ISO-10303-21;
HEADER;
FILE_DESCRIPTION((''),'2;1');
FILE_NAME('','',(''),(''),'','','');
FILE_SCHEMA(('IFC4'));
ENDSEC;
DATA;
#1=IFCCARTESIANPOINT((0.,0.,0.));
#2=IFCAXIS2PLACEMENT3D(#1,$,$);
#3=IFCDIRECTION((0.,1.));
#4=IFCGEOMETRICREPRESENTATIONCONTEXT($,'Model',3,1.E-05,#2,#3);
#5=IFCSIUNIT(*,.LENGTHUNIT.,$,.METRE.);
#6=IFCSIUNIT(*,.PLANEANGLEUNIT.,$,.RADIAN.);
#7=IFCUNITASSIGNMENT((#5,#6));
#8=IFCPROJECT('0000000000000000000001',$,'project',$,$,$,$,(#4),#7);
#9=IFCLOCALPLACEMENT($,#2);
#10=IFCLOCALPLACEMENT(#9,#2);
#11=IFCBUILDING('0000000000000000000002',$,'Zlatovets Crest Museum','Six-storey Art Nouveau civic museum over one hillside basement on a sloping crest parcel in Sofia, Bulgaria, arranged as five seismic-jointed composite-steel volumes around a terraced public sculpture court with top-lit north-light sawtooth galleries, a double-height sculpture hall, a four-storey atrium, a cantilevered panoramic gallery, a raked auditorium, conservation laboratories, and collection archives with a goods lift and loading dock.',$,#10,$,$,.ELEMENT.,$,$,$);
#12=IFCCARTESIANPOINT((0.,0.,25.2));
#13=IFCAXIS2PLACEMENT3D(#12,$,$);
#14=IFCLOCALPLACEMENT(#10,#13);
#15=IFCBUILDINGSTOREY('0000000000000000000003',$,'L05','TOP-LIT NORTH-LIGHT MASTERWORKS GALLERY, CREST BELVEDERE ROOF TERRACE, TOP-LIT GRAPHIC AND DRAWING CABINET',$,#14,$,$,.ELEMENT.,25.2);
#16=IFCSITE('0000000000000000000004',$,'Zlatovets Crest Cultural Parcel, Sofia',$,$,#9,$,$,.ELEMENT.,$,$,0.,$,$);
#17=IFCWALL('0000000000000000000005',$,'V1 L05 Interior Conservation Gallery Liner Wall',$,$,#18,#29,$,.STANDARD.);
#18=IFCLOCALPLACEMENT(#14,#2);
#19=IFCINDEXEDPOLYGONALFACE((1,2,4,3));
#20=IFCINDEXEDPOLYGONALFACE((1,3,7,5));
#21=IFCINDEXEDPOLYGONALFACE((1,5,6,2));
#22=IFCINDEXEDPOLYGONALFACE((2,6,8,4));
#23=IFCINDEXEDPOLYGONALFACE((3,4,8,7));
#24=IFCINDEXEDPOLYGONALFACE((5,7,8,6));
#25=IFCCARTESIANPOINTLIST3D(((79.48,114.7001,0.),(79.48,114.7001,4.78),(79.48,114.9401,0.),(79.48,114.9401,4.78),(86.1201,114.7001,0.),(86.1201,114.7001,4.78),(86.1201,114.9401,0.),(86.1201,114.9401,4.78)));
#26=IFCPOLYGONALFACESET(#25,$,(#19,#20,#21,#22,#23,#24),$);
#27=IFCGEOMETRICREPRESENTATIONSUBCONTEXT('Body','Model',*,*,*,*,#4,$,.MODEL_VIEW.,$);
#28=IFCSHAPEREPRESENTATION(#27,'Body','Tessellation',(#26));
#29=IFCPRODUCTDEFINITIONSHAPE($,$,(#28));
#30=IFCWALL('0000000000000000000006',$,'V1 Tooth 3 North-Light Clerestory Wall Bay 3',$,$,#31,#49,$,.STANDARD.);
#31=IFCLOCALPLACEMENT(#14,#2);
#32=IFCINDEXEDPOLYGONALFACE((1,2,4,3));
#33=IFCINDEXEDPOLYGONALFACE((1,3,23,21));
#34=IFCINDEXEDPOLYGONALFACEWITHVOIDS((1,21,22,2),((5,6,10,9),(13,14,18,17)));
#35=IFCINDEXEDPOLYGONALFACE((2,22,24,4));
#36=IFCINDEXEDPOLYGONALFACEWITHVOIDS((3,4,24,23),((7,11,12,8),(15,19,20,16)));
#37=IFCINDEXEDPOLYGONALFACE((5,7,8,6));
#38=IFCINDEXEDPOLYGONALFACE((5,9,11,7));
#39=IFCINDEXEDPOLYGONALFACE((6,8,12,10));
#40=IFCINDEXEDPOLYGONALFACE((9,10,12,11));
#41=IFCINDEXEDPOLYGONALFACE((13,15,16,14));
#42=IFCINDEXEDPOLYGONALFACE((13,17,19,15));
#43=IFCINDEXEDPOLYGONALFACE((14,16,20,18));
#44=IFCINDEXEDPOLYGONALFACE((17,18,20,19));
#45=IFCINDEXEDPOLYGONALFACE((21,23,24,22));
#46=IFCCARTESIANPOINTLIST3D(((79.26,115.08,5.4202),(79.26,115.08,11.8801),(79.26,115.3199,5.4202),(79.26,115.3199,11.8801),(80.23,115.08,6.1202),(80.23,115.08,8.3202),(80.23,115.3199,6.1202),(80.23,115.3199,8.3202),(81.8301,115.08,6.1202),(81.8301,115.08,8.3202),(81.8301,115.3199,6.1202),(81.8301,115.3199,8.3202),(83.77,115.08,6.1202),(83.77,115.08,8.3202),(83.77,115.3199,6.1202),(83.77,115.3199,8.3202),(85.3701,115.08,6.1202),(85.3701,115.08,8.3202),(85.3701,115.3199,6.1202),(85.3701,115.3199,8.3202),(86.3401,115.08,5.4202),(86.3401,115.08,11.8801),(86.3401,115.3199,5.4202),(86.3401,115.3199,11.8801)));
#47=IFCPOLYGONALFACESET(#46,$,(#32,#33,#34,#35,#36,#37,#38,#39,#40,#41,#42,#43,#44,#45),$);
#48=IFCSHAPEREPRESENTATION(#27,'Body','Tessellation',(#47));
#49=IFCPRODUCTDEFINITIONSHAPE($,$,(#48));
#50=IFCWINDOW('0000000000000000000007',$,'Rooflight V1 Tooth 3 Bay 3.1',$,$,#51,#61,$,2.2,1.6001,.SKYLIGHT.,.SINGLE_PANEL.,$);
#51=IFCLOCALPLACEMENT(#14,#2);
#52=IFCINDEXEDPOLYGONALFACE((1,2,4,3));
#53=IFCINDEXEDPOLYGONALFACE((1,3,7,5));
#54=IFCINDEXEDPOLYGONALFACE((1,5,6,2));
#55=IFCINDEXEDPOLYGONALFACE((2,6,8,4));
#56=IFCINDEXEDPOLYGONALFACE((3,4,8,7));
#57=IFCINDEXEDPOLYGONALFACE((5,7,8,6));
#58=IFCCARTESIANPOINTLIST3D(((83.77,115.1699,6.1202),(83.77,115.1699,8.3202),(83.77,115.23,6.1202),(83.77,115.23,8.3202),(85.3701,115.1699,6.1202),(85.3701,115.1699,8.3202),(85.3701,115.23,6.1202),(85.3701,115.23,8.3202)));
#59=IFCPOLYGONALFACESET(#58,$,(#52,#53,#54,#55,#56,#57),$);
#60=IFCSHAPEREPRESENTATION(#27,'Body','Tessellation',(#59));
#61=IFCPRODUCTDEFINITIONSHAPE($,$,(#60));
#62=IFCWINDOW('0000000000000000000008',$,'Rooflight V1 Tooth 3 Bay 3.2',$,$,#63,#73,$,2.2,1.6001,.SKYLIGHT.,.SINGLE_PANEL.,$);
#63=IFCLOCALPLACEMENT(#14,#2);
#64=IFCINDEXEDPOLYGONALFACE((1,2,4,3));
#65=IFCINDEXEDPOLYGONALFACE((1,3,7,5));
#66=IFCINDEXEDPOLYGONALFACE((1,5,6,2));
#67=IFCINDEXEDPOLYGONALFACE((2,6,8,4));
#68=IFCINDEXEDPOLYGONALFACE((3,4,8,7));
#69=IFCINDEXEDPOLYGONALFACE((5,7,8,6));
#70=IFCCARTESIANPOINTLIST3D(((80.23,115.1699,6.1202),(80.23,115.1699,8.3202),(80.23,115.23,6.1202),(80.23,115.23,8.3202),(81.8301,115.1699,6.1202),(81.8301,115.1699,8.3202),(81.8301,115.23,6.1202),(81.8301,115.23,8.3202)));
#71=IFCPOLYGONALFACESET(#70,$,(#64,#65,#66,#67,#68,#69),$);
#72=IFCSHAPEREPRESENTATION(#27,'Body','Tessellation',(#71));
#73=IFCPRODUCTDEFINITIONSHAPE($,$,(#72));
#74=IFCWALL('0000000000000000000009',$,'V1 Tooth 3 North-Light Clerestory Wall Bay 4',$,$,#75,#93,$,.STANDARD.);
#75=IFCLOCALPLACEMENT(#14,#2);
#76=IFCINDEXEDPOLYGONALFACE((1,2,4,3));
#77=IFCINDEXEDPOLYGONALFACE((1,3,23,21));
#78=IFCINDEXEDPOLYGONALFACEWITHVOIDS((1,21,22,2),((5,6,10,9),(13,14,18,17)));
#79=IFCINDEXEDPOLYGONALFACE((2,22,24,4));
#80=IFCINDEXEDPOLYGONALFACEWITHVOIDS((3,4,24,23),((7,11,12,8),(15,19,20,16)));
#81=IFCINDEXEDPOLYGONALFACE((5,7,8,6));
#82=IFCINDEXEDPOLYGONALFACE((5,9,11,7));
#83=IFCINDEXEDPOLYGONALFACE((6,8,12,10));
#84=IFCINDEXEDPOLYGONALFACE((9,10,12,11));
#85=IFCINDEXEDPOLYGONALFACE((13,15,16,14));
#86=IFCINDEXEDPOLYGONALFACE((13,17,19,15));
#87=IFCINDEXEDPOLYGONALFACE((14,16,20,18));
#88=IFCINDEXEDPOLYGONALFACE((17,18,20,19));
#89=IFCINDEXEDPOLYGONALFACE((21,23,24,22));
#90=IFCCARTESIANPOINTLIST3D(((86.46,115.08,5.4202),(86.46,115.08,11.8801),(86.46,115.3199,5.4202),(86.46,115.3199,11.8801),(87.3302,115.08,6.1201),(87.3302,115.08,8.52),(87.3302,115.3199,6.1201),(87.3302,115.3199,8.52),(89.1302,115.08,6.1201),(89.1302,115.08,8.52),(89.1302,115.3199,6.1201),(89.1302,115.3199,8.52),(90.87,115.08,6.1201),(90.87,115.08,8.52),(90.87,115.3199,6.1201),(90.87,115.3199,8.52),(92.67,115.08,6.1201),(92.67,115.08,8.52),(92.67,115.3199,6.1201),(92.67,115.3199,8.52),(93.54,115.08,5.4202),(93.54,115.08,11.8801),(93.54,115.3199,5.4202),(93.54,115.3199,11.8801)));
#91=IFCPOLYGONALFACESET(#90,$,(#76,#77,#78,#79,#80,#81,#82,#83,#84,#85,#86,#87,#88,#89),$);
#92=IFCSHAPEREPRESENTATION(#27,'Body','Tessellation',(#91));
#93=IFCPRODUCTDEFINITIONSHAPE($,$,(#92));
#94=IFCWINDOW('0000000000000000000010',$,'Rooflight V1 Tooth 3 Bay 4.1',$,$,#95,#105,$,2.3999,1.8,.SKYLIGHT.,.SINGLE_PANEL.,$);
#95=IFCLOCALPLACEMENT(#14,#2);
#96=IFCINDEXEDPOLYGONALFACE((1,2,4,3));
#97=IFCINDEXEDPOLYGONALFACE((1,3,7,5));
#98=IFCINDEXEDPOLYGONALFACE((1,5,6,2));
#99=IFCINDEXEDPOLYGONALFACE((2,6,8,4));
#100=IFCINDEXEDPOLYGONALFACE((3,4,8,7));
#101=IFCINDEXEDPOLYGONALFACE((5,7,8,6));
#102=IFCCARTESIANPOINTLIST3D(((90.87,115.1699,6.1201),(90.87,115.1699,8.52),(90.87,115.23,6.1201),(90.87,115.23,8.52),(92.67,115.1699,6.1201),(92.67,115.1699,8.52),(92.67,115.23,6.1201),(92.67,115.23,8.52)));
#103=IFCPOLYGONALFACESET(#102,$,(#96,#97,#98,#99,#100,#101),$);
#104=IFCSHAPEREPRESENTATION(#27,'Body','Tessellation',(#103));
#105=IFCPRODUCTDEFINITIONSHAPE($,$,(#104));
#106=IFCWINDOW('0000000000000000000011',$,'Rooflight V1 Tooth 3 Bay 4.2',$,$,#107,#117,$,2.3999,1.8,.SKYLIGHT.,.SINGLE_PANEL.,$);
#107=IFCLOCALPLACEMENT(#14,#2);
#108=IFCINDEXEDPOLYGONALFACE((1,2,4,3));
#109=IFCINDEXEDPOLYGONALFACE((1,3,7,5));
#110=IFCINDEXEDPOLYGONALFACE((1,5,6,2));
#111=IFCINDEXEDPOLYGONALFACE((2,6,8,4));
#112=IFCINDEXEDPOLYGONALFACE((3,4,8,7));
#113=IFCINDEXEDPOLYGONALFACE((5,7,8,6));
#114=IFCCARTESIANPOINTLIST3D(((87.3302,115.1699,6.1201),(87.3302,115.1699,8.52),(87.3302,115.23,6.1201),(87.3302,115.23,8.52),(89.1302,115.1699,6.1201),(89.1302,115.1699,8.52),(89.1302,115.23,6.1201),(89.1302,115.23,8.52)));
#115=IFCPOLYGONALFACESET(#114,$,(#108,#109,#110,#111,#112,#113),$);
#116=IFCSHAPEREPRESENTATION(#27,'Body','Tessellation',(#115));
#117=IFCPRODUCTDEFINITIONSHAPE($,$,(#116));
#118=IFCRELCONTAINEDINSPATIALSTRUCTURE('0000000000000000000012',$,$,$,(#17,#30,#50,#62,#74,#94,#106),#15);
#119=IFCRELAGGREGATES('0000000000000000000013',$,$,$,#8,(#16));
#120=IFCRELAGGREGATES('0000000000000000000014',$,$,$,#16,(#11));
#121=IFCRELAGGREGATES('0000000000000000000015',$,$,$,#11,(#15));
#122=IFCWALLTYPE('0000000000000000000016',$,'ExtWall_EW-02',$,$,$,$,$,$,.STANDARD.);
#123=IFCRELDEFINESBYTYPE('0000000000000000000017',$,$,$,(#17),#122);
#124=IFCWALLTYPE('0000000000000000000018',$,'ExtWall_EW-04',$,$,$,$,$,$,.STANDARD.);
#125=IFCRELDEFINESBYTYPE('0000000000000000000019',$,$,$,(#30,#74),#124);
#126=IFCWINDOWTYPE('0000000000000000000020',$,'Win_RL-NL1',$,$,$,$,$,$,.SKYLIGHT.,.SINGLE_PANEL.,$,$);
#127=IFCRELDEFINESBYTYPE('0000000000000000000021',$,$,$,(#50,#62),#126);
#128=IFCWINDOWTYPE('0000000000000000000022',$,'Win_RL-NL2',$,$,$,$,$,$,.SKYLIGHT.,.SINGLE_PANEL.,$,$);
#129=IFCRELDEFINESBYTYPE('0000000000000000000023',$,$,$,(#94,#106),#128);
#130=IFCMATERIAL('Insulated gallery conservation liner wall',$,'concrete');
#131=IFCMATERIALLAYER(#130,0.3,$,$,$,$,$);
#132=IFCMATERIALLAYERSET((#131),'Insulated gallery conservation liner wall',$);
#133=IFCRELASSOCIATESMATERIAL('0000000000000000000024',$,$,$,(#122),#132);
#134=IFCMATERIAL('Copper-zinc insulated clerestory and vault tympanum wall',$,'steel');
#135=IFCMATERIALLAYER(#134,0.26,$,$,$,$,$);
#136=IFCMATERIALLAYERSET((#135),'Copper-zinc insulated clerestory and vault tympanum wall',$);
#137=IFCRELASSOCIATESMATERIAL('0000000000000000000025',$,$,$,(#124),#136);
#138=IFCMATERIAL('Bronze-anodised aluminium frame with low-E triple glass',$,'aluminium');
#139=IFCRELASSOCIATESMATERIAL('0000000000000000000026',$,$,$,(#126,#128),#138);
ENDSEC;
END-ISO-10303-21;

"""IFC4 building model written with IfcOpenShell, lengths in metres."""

from ifc_helpers import new_model, si_unit, direction, frame, frame_2d, origin, place, context, subcontext, project, spatial, rectangle, extrude, material, layer, layer_set, type_object, element, fill, save


model = new_model("IFC4")

# Units and contexts
model_context = context("Model", 3, precision=1e-05, world=origin(), true_north=direction((0.0, 1.0)))
body_context = subcontext(model_context, "Body", "Model", "MODEL_VIEW")
ifc_project = project(units=[si_unit("LENGTHUNIT", "METRE"), si_unit("PLANEANGLEUNIT", "RADIAN")], contexts=[model_context])

# Site, building, storey
site_placement = place(None, origin())
site = spatial("IfcSite", under=ifc_project, at=site_placement, Name="Zlatovets Crest Cultural Parcel, Sofia", CompositionType="ELEMENT", RefElevation=0.0)
building_placement = place(site_placement, origin())
building = spatial("IfcBuilding", under=site, at=building_placement, Name="Zlatovets Crest Museum", Description="Six-storey Art Nouveau civic museum over one hillside basement on a sloping crest parcel in Sofia, Bulgaria, arranged as five seismic-jointed composite-steel volumes around a terraced public sculpture court with top-lit north-light sawtooth galleries, a double-height sculpture hall, a four-storey atrium, a cantilevered panoramic gallery, a raked auditorium, conservation laboratories, and collection archives with a goods lift and loading dock.", CompositionType="ELEMENT")
storey_placement = place(building_placement, frame((0.0, 0.0, 25.2)))
storey = spatial("IfcBuildingStorey", under=building, at=storey_placement, Name="L05", Description="TOP-LIT NORTH-LIGHT MASTERWORKS GALLERY, CREST BELVEDERE ROOF TERRACE, TOP-LIT GRAPHIC AND DRAWING CABINET", CompositionType="ELEMENT", Elevation=25.2)

# Wall
ifc_material_1 = material(Name="Insulated gallery conservation liner wall", Category="concrete")
ifc_layer_1 = layer(ifc_material_1, 0.3)
ifc_layer_set_1 = layer_set([ifc_layer_1], Name="Insulated gallery conservation liner wall")
wall_type_1 = type_object("IfcWallType", Name="ExtWall_EW-02", PredefinedType="STANDARD", material=ifc_layer_set_1)
for number, where, z_axis, x_axis, name in (
    (1, (86.1201, 114.8201, 0.0), (0.0, 0.0, 1.0), (-1.0, 0.0, 0.0), "V1 L05 Interior Conservation Gallery Liner Wall"),
):
    element("IfcWall", number, at=place(storey_placement, frame(where, z_axis=z_axis, x_axis=x_axis)), inside=storey, type_object=wall_type_1, Name=name, PredefinedType="STANDARD", context=body_context, shape_type="SweptSolid", body=[
        extrude(rectangle(XDim=6.6401, YDim=0.24, at=frame_2d((3.3201, 0.0))), origin(), (0.0, 0.0, 1.0), 4.78),
    ])

# Walls, openings, windows
ifc_material_2 = material(Name="Copper-zinc insulated clerestory and vault tympanum wall", Category="steel")
ifc_layer_2 = layer(ifc_material_2, 0.26)
ifc_layer_set_2 = layer_set([ifc_layer_2], Name="Copper-zinc insulated clerestory and vault tympanum wall")
wall_type_2 = type_object("IfcWallType", Name="ExtWall_EW-04", PredefinedType="STANDARD", material=ifc_layer_set_2)
wall_1_placement = place(storey_placement, frame((86.3401, 115.2, 5.4202), z_axis=(0.0, 0.0, 1.0), x_axis=(-1.0, 0.0, 0.0)))
wall_1 = element("IfcWall", 2, at=wall_1_placement, inside=storey, type_object=wall_type_2, Name="V1 Tooth 3 North-Light Clerestory Wall Bay 3", PredefinedType="STANDARD", context=body_context, shape_type="SweptSolid", body=[
    extrude(rectangle(XDim=7.0801, YDim=0.24, at=frame_2d((3.54, 0.0))), origin(), (0.0, 0.0, 1.0), 6.46),
])
opening_1_placement = place(wall_1_placement, frame((0.97, 0.0, 0.7)))
opening_1 = element("IfcOpeningElement", 3, at=opening_1_placement, cuts=wall_1, PredefinedType="OPENING", context=body_context, shape_type="SweptSolid", body=[
    extrude(rectangle(XDim=1.6001, YDim=2.2, at=frame_2d((0.8, 1.1001))), frame((0.0, 0.1299, 0.0), z_axis=(0.0, -1.0, 0.0), x_axis=(1.0, 0.0, 0.0)), (0.0, 0.0, 1.0), 0.26),
])
opening_2_placement = place(wall_1_placement, frame((4.51, 0.0, 0.7)))
opening_2 = element("IfcOpeningElement", 4, at=opening_2_placement, cuts=wall_1, PredefinedType="OPENING", context=body_context, shape_type="SweptSolid", body=[
    extrude(rectangle(XDim=1.6001, YDim=2.2, at=frame_2d((0.8, 1.1001))), frame((0.0, 0.1299, 0.0), z_axis=(0.0, -1.0, 0.0), x_axis=(1.0, 0.0, 0.0)), (0.0, 0.0, 1.0), 0.26),
])
ifc_material_3 = material(Name="Bronze-anodised aluminium frame with low-E triple glass", Category="aluminium")
window_type_1 = type_object("IfcWindowType", Name="Win_RL-NL1", PartitioningType="SINGLE_PANEL", PredefinedType="SKYLIGHT", material=ifc_material_3)
window_1_placement = place(opening_1_placement, origin())
window_1 = element("IfcWindow", 5, at=window_1_placement, inside=storey, type_object=window_type_1, Name="Rooflight V1 Tooth 3 Bay 3.1", OverallHeight=2.2, OverallWidth=1.6001, PartitioningType="SINGLE_PANEL", PredefinedType="SKYLIGHT", context=body_context, shape_type="SweptSolid", body=[
    extrude(rectangle(XDim=1.6001, YDim=2.2, at=frame_2d((0.8, 1.1001))), frame((0.0, 0.03, 0.0), z_axis=(0.0, -1.0, 0.0), x_axis=(1.0, 0.0, 0.0)), (0.0, 0.0, 1.0), 0.0601),
])
fill(opening_1, window_1)
window_2_placement = place(opening_2_placement, origin())
window_2 = element("IfcWindow", 6, at=window_2_placement, inside=storey, type_object=window_type_1, Name="Rooflight V1 Tooth 3 Bay 3.2", OverallHeight=2.2, OverallWidth=1.6001, PartitioningType="SINGLE_PANEL", PredefinedType="SKYLIGHT", context=body_context, shape_type="SweptSolid", body=[
    extrude(rectangle(XDim=1.6001, YDim=2.2, at=frame_2d((0.8, 1.1001))), frame((0.0, 0.03, 0.0), z_axis=(0.0, -1.0, 0.0), x_axis=(1.0, 0.0, 0.0)), (0.0, 0.0, 1.0), 0.0601),
])
fill(opening_2, window_2)
wall_2_placement = place(storey_placement, frame((93.54, 115.2, 5.4202), z_axis=(0.0, 0.0, 1.0), x_axis=(-1.0, 0.0, 0.0)))
wall_2 = element("IfcWall", 7, at=wall_2_placement, inside=storey, type_object=wall_type_2, Name="V1 Tooth 3 North-Light Clerestory Wall Bay 4", PredefinedType="STANDARD", context=body_context, shape_type="SweptSolid", body=[
    extrude(rectangle(XDim=7.0801, YDim=0.24, at=frame_2d((3.54, 0.0))), origin(), (0.0, 0.0, 1.0), 6.46),
])
opening_3_placement = place(wall_2_placement, frame((0.8701, 0.0, 0.7)))
opening_3 = element("IfcOpeningElement", 8, at=opening_3_placement, cuts=wall_2, PredefinedType="OPENING", context=body_context, shape_type="SweptSolid", body=[
    extrude(rectangle(XDim=1.8, YDim=2.3999, at=frame_2d((0.8999, 1.2))), frame((0.0, 0.1299, 0.0), z_axis=(0.0, -1.0, 0.0), x_axis=(1.0, 0.0, 0.0)), (0.0, 0.0, 1.0), 0.26),
])
opening_4_placement = place(wall_2_placement, frame((4.4099, 0.0, 0.7)))
opening_4 = element("IfcOpeningElement", 9, at=opening_4_placement, cuts=wall_2, PredefinedType="OPENING", context=body_context, shape_type="SweptSolid", body=[
    extrude(rectangle(XDim=1.8, YDim=2.3999, at=frame_2d((0.8999, 1.2))), frame((0.0, 0.1299, 0.0), z_axis=(0.0, -1.0, 0.0), x_axis=(1.0, 0.0, 0.0)), (0.0, 0.0, 1.0), 0.26),
])
window_type_2 = type_object("IfcWindowType", Name="Win_RL-NL2", PartitioningType="SINGLE_PANEL", PredefinedType="SKYLIGHT", material=ifc_material_3)
window_3_placement = place(opening_3_placement, origin())
window_3 = element("IfcWindow", 10, at=window_3_placement, inside=storey, type_object=window_type_2, Name="Rooflight V1 Tooth 3 Bay 4.1", OverallHeight=2.3999, OverallWidth=1.8, PartitioningType="SINGLE_PANEL", PredefinedType="SKYLIGHT", context=body_context, shape_type="SweptSolid", body=[
    extrude(rectangle(XDim=1.8, YDim=2.3999, at=frame_2d((0.8999, 1.2))), frame((0.0, 0.03, 0.0), z_axis=(0.0, -1.0, 0.0), x_axis=(1.0, 0.0, 0.0)), (0.0, 0.0, 1.0), 0.0601),
])
fill(opening_3, window_3)
window_4_placement = place(opening_4_placement, origin())
window_4 = element("IfcWindow", 11, at=window_4_placement, inside=storey, type_object=window_type_2, Name="Rooflight V1 Tooth 3 Bay 4.2", OverallHeight=2.3999, OverallWidth=1.8, PartitioningType="SINGLE_PANEL", PredefinedType="SKYLIGHT", context=body_context, shape_type="SweptSolid", body=[
    extrude(rectangle(XDim=1.8, YDim=2.3999, at=frame_2d((0.8999, 1.2))), frame((0.0, 0.03, 0.0), z_axis=(0.0, -1.0, 0.0), x_axis=(1.0, 0.0, 0.0)), (0.0, 0.0, 1.0), 0.0601),
])
fill(opening_4, window_4)

save(model, "model.ifc")
